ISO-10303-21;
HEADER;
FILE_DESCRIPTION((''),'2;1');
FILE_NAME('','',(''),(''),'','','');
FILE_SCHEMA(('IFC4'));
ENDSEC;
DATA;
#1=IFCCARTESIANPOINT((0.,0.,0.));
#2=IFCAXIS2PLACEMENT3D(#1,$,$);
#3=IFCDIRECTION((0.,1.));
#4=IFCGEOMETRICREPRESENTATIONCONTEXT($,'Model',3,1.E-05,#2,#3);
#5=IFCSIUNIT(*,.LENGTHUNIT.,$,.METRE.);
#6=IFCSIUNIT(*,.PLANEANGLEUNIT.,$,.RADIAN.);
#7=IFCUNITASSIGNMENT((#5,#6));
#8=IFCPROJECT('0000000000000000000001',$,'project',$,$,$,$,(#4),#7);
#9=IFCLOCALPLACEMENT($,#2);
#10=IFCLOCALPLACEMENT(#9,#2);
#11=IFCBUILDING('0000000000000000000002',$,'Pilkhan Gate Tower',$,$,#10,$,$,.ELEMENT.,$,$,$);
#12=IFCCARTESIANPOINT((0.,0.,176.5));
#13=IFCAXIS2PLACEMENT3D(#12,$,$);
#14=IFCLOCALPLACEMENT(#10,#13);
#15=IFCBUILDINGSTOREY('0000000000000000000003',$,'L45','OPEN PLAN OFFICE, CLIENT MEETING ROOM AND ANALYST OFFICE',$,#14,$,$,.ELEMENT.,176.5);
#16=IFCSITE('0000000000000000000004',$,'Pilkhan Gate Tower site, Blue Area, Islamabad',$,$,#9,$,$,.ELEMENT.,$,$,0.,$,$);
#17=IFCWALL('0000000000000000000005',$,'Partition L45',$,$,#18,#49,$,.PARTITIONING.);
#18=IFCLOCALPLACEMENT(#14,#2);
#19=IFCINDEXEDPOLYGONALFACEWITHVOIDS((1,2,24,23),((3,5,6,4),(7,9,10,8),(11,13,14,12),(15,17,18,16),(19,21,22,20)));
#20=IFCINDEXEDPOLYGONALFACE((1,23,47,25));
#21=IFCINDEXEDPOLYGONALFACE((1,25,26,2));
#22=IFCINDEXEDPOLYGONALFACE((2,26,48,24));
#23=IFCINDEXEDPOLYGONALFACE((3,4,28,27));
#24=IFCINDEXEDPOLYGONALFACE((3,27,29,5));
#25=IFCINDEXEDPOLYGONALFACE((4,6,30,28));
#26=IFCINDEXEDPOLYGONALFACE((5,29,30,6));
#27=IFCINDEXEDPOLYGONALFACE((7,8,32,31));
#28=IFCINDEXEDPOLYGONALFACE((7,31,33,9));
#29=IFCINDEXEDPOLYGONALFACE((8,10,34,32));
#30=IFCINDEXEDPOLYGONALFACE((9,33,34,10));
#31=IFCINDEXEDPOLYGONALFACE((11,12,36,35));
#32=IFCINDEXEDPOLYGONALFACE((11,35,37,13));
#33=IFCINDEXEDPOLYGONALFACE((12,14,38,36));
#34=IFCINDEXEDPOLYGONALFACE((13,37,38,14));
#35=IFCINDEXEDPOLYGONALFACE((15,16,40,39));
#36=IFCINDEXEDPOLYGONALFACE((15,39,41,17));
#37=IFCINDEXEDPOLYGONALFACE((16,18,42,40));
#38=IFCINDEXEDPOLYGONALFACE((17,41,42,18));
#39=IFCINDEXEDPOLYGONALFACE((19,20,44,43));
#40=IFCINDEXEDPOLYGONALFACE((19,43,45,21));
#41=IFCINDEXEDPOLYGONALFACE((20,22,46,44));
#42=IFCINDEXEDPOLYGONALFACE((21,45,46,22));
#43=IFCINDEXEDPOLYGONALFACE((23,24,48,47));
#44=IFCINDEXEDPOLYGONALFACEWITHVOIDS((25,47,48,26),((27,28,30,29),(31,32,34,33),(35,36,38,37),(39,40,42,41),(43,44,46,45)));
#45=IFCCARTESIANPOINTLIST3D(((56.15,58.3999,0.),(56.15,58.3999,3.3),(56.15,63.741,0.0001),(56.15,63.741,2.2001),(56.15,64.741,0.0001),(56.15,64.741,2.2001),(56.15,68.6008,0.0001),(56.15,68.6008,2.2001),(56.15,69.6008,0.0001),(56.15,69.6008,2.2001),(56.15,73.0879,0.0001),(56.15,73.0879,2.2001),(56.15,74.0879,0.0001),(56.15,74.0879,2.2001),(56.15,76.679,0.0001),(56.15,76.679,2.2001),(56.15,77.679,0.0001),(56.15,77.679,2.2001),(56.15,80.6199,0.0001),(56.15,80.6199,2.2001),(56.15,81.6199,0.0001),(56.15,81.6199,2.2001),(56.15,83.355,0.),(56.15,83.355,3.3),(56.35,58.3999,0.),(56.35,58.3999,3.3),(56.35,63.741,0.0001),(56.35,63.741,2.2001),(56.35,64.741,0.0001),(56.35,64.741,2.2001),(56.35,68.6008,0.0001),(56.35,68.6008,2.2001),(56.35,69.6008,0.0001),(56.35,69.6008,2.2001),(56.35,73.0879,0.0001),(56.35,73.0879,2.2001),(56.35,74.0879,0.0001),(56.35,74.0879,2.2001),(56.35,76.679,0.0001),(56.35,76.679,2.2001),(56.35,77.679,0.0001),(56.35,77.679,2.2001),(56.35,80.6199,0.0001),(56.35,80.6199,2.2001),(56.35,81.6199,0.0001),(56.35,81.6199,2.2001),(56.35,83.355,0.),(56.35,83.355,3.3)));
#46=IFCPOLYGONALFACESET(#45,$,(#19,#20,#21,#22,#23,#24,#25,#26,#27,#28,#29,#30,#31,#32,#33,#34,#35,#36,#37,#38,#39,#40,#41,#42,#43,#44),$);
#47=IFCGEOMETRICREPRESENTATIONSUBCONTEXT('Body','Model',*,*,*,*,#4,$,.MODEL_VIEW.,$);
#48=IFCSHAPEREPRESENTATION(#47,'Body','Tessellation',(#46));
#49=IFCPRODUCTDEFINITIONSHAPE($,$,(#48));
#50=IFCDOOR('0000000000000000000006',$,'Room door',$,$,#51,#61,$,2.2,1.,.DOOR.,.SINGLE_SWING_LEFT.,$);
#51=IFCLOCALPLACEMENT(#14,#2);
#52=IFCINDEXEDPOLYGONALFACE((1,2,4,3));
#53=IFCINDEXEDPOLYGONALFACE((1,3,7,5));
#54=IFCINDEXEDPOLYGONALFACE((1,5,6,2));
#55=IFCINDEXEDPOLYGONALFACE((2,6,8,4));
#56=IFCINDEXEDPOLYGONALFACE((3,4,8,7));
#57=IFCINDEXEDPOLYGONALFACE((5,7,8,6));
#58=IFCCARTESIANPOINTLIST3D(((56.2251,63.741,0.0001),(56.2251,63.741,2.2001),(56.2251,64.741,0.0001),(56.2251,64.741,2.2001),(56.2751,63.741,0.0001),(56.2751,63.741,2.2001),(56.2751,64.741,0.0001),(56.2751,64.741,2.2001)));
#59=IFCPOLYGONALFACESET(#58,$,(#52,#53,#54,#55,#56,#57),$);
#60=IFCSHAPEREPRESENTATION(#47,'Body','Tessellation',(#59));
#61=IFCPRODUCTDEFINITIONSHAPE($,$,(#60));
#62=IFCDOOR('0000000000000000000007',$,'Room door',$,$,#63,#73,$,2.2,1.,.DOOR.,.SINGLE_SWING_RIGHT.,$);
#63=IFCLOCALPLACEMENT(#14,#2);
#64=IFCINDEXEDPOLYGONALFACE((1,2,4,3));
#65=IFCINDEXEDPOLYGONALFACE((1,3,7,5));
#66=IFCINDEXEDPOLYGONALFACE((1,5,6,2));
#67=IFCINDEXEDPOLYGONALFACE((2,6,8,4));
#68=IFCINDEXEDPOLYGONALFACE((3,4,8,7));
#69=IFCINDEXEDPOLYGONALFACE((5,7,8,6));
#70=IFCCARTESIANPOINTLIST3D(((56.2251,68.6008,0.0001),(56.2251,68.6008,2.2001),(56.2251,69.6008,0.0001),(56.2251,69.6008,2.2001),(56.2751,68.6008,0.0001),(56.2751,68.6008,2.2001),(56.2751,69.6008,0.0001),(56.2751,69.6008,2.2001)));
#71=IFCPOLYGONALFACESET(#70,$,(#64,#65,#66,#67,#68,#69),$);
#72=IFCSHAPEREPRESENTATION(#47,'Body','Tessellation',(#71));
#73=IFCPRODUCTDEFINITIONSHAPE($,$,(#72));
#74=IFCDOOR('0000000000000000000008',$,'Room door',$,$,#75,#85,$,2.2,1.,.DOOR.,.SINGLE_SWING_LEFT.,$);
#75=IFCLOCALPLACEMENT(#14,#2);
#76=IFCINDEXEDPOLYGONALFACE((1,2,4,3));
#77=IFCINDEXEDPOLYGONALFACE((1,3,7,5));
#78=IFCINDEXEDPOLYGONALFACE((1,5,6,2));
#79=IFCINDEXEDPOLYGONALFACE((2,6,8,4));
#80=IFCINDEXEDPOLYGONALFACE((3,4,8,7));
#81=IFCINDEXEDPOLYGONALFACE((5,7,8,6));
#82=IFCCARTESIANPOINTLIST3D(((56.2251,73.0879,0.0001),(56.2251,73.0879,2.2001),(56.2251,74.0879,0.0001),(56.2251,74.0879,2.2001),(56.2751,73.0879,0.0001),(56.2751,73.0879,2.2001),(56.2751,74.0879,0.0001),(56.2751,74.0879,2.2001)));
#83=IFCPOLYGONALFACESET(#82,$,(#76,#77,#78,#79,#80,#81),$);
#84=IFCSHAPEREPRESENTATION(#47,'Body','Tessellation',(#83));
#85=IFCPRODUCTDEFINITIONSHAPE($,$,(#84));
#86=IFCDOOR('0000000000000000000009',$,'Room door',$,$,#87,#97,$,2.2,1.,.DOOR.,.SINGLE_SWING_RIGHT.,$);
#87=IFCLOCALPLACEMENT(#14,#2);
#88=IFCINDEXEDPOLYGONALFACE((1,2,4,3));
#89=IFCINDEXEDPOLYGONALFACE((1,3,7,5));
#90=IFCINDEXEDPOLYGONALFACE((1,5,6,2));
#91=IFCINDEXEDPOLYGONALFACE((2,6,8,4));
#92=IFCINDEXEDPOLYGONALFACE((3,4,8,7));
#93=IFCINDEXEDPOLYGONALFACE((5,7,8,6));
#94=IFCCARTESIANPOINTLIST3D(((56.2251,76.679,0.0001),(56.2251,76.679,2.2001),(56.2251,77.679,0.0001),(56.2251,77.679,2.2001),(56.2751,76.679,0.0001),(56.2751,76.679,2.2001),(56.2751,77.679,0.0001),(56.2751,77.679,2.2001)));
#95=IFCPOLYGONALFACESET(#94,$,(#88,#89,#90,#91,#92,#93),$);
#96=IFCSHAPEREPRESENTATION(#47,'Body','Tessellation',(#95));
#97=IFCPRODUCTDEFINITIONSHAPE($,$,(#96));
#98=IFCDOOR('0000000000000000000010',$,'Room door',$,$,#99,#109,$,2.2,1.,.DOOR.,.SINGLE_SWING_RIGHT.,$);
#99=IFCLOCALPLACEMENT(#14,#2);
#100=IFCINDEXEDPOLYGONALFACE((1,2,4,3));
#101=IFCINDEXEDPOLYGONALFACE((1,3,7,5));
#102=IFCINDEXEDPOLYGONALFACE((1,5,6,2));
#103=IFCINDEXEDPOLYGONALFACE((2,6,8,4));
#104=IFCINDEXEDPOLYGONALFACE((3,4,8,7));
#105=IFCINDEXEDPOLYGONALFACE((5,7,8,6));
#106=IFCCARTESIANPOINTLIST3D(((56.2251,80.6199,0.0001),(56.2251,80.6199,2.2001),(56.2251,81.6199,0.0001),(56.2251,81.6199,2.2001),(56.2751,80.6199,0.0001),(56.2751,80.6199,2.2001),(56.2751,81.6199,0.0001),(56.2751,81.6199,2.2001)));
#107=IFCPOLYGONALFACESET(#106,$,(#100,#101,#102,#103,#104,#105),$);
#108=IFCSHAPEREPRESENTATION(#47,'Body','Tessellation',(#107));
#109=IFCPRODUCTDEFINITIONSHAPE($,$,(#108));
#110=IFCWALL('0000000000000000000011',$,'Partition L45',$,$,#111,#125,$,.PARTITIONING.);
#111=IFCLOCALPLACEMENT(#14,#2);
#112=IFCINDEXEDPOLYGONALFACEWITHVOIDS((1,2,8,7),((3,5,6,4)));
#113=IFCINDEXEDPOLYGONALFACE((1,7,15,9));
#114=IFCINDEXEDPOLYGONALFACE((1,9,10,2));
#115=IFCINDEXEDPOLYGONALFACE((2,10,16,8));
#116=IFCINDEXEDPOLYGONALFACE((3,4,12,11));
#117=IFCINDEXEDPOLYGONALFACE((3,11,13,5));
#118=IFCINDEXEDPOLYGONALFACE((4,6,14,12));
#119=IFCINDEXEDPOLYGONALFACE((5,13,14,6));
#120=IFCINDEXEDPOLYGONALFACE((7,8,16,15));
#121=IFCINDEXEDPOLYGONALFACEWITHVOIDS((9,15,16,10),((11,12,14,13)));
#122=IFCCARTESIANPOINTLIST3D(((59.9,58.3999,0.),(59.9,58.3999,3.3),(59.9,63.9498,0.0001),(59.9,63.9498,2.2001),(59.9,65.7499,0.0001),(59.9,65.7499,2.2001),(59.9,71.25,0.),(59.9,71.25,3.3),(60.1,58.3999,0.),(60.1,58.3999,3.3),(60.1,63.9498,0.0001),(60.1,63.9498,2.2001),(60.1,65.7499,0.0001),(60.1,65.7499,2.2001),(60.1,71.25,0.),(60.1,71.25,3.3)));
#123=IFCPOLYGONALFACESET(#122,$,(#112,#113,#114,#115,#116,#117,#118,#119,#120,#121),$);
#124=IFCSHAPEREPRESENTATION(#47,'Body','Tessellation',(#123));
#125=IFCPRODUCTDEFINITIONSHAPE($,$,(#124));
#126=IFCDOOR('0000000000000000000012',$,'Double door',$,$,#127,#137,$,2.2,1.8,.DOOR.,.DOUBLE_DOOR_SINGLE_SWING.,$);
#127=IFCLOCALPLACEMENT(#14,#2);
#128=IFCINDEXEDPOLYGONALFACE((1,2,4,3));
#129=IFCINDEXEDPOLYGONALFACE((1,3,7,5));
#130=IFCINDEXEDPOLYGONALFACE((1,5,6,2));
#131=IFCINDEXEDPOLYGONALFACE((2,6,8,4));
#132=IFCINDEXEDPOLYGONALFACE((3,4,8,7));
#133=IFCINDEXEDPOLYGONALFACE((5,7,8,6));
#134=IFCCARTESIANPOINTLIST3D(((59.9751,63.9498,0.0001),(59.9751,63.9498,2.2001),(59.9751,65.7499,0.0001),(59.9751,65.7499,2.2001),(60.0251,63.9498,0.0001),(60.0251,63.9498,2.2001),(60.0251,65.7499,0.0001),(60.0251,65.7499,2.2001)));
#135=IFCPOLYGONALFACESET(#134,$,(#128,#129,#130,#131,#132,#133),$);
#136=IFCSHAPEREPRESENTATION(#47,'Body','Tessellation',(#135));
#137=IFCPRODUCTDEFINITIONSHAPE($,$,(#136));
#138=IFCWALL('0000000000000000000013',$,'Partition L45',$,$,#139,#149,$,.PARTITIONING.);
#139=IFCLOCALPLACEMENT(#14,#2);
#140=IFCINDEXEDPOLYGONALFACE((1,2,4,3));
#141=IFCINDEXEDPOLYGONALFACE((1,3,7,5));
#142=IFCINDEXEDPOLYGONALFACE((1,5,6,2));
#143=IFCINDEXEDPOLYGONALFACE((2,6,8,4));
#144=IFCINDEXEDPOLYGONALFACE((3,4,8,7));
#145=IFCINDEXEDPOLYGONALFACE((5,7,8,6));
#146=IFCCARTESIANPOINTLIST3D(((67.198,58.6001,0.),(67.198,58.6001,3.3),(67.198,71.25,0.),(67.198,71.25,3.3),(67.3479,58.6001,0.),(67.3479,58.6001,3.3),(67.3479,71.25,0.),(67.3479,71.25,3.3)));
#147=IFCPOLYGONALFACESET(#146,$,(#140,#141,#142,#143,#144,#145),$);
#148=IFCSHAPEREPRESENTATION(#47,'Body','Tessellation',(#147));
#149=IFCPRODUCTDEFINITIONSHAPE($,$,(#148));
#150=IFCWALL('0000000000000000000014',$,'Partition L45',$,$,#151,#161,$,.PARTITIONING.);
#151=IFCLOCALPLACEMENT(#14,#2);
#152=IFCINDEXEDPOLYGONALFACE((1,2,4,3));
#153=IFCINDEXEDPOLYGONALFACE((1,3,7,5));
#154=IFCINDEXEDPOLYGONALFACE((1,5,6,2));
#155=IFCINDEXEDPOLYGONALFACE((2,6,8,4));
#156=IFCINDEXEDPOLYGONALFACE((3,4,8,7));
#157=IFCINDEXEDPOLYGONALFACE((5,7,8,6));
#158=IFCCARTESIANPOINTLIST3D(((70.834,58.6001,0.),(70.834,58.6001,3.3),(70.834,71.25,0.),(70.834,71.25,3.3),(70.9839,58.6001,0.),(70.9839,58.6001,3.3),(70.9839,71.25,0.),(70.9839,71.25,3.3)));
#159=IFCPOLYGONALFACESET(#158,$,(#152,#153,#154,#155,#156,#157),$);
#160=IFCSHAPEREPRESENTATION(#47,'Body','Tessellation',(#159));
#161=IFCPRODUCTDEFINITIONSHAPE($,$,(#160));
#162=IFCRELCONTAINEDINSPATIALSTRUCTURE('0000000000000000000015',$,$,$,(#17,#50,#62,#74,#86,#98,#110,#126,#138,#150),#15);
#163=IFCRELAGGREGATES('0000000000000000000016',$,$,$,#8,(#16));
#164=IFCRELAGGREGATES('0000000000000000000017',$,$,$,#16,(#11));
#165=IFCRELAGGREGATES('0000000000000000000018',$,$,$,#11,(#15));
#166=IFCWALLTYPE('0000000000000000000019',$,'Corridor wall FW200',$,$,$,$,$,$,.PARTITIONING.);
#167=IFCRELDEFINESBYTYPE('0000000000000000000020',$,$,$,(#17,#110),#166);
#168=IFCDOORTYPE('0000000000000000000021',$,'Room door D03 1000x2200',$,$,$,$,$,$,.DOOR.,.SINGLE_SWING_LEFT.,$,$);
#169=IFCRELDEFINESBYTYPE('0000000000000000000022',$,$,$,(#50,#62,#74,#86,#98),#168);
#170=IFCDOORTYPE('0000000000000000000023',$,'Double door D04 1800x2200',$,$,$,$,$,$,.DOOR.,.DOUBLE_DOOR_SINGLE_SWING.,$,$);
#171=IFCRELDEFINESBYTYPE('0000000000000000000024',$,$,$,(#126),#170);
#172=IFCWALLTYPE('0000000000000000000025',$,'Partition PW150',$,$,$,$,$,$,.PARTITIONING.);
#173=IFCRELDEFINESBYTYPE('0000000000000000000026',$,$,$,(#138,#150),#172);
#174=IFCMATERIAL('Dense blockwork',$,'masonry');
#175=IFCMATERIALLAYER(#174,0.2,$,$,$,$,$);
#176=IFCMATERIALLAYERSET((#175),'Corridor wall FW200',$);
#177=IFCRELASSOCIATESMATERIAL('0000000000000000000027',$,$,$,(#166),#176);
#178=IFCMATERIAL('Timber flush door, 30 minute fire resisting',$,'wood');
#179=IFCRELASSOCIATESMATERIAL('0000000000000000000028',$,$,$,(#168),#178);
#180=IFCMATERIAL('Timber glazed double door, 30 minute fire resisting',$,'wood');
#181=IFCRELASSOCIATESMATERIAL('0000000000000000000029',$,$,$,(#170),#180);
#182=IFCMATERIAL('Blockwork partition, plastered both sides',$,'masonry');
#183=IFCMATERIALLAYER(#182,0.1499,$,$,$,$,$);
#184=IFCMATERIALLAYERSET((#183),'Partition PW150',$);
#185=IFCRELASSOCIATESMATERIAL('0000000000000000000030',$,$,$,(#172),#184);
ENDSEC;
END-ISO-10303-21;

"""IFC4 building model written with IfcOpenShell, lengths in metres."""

from ifc_helpers import new_model, si_unit, direction, frame, frame_2d, origin, place, context, subcontext, project, spatial, rectangle, extrude, material, layer, layer_set, type_object, element, fill, save


model = new_model("IFC4")

# Units and contexts
model_context = context("Model", 3, precision=1e-05, world=origin(), true_north=direction((0.0, 1.0)))
body_context = subcontext(model_context, "Body", "Model", "MODEL_VIEW")
ifc_project = project(units=[si_unit("LENGTHUNIT", "METRE"), si_unit("PLANEANGLEUNIT", "RADIAN")], contexts=[model_context])

# Site, building, storey
site_placement = place(None, origin())
site = spatial("IfcSite", under=ifc_project, at=site_placement, Name="Pilkhan Gate Tower site, Blue Area, Islamabad", CompositionType="ELEMENT", RefElevation=0.0)
building_placement = place(site_placement, origin())
building = spatial("IfcBuilding", under=site, at=building_placement, Name="Pilkhan Gate Tower", CompositionType="ELEMENT")
storey_placement = place(building_placement, frame((0.0, 0.0, 176.5)))
storey = spatial("IfcBuildingStorey", under=building, at=storey_placement, Name="L45", Description="OPEN PLAN OFFICE, CLIENT MEETING ROOM AND ANALYST OFFICE", CompositionType="ELEMENT", Elevation=176.5)

# Wall, openings, doors
ifc_material_1 = material(Name="Dense blockwork", Category="masonry")
ifc_layer_1 = layer(ifc_material_1, 0.2)
ifc_layer_set_1 = layer_set([ifc_layer_1], Name="Corridor wall FW200")
wall_type_1 = type_object("IfcWallType", Name="Corridor wall FW200", PredefinedType="PARTITIONING", material=ifc_layer_set_1)
ifc_material_2 = material(Name="Timber flush door, 30 minute fire resisting", Category="wood")
door_type_1 = type_object("IfcDoorType", Name="Room door D03 1000x2200", OperationType="SINGLE_SWING_LEFT", PredefinedType="DOOR", material=ifc_material_2)
wall_1_placement = place(storey_placement, frame((56.25, 58.3999, 0.0), z_axis=(0.0, 0.0, 1.0), x_axis=(0.0, 1.0, 0.0)))
wall_1 = element("IfcWall", 1, at=wall_1_placement, inside=storey, type_object=wall_type_1, Name="Partition L45", PredefinedType="PARTITIONING", context=body_context, shape_type="SweptSolid", body=[
    extrude(rectangle(XDim=24.9551, YDim=0.2, at=frame_2d((12.4775, 0.0))), origin(), (0.0, 0.0, 1.0), 3.3),
])
opening_1_placement = place(wall_1_placement, frame((5.3411, 0.0, 0.0)))
opening_1 = element("IfcOpeningElement", 2, at=opening_1_placement, cuts=wall_1, PredefinedType="OPENING", context=body_context, shape_type="SweptSolid", body=[
    extrude(rectangle(XDim=1.0, YDim=2.2, at=frame_2d((0.5, 1.1001))), frame((0.0, 0.1099, 0.0), z_axis=(0.0, -1.0, 0.0), x_axis=(1.0, 0.0, 0.0)), (0.0, 0.0, 1.0), 0.22),
])
opening_2_placement = place(wall_1_placement, frame((10.2009, 0.0, 0.0)))
opening_2 = element("IfcOpeningElement", 3, at=opening_2_placement, cuts=wall_1, PredefinedType="OPENING", context=body_context, shape_type="SweptSolid", body=[
    extrude(rectangle(XDim=1.0, YDim=2.2, at=frame_2d((0.5, 1.1001))), frame((0.0, 0.1099, 0.0), z_axis=(0.0, -1.0, 0.0), x_axis=(1.0, 0.0, 0.0)), (0.0, 0.0, 1.0), 0.22),
])
opening_3_placement = place(wall_1_placement, frame((14.688, 0.0, 0.0)))
opening_3 = element("IfcOpeningElement", 4, at=opening_3_placement, cuts=wall_1, PredefinedType="OPENING", context=body_context, shape_type="SweptSolid", body=[
    extrude(rectangle(XDim=1.0, YDim=2.2, at=frame_2d((0.5, 1.1001))), frame((0.0, 0.1099, 0.0), z_axis=(0.0, -1.0, 0.0), x_axis=(1.0, 0.0, 0.0)), (0.0, 0.0, 1.0), 0.22),
])
opening_4_placement = place(wall_1_placement, frame((18.2791, 0.0, 0.0)))
opening_4 = element("IfcOpeningElement", 5, at=opening_4_placement, cuts=wall_1, PredefinedType="OPENING", context=body_context, shape_type="SweptSolid", body=[
    extrude(rectangle(XDim=1.0, YDim=2.2, at=frame_2d((0.5, 1.1001))), frame((0.0, 0.1099, 0.0), z_axis=(0.0, -1.0, 0.0), x_axis=(1.0, 0.0, 0.0)), (0.0, 0.0, 1.0), 0.22),
])
opening_5_placement = place(wall_1_placement, frame((22.22, 0.0, 0.0)))
opening_5 = element("IfcOpeningElement", 6, at=opening_5_placement, cuts=wall_1, PredefinedType="OPENING", context=body_context, shape_type="SweptSolid", body=[
    extrude(rectangle(XDim=1.0, YDim=2.2, at=frame_2d((0.5, 1.1001))), frame((0.0, 0.1099, 0.0), z_axis=(0.0, -1.0, 0.0), x_axis=(1.0, 0.0, 0.0)), (0.0, 0.0, 1.0), 0.22),
])
door_1_placement = place(opening_1_placement, origin())
door_1 = element("IfcDoor", 7, at=door_1_placement, inside=storey, type_object=door_type_1, Name="Room door", OperationType="SINGLE_SWING_LEFT", OverallHeight=2.2, OverallWidth=1.0, PredefinedType="DOOR", context=body_context, shape_type="SweptSolid", body=[
    extrude(rectangle(XDim=1.0, YDim=2.2, at=frame_2d((0.5, 1.1001))), frame((0.0, 0.0249, 0.0), z_axis=(0.0, -1.0, 0.0), x_axis=(1.0, 0.0, 0.0)), (0.0, 0.0, 1.0), 0.05),
])
fill(opening_1, door_1)
door_2_placement = place(opening_2_placement, origin())
door_2 = element("IfcDoor", 8, at=door_2_placement, inside=storey, type_object=door_type_1, Name="Room door", OperationType="SINGLE_SWING_RIGHT", OverallHeight=2.2, OverallWidth=1.0, PredefinedType="DOOR", context=body_context, shape_type="SweptSolid", body=[
    extrude(rectangle(XDim=1.0, YDim=2.2, at=frame_2d((0.5, 1.1001))), frame((0.0, 0.0249, 0.0), z_axis=(0.0, -1.0, 0.0), x_axis=(1.0, 0.0, 0.0)), (0.0, 0.0, 1.0), 0.05),
])
fill(opening_2, door_2)
door_3_placement = place(opening_3_placement, origin())
door_3 = element("IfcDoor", 9, at=door_3_placement, inside=storey, type_object=door_type_1, Name="Room door", OperationType="SINGLE_SWING_LEFT", OverallHeight=2.2, OverallWidth=1.0, PredefinedType="DOOR", context=body_context, shape_type="SweptSolid", body=[
    extrude(rectangle(XDim=1.0, YDim=2.2, at=frame_2d((0.5, 1.1001))), frame((0.0, 0.0249, 0.0), z_axis=(0.0, -1.0, 0.0), x_axis=(1.0, 0.0, 0.0)), (0.0, 0.0, 1.0), 0.05),
])
fill(opening_3, door_3)
door_4_placement = place(opening_4_placement, origin())
door_4 = element("IfcDoor", 10, at=door_4_placement, inside=storey, type_object=door_type_1, Name="Room door", OperationType="SINGLE_SWING_RIGHT", OverallHeight=2.2, OverallWidth=1.0, PredefinedType="DOOR", context=body_context, shape_type="SweptSolid", body=[
    extrude(rectangle(XDim=1.0, YDim=2.2, at=frame_2d((0.5, 1.1001))), frame((0.0, 0.0249, 0.0), z_axis=(0.0, -1.0, 0.0), x_axis=(1.0, 0.0, 0.0)), (0.0, 0.0, 1.0), 0.05),
])
fill(opening_4, door_4)
door_5_placement = place(opening_5_placement, origin())
door_5 = element("IfcDoor", 11, at=door_5_placement, inside=storey, type_object=door_type_1, Name="Room door", OperationType="SINGLE_SWING_RIGHT", OverallHeight=2.2, OverallWidth=1.0, PredefinedType="DOOR", context=body_context, shape_type="SweptSolid", body=[
    extrude(rectangle(XDim=1.0, YDim=2.2, at=frame_2d((0.5, 1.1001))), frame((0.0, 0.0249, 0.0), z_axis=(0.0, -1.0, 0.0), x_axis=(1.0, 0.0, 0.0)), (0.0, 0.0, 1.0), 0.05),
])
fill(opening_5, door_5)

# Wall, opening, door
wall_2_placement = place(storey_placement, frame((60.0, 58.3999, 0.0), z_axis=(0.0, 0.0, 1.0), x_axis=(0.0, 1.0, 0.0)))
wall_2 = element("IfcWall", 12, at=wall_2_placement, inside=storey, type_object=wall_type_1, Name="Partition L45", PredefinedType="PARTITIONING", context=body_context, shape_type="SweptSolid", body=[
    extrude(rectangle(XDim=12.8501, YDim=0.2, at=frame_2d((6.425, 0.0))), origin(), (0.0, 0.0, 1.0), 3.3),
])
opening_6_placement = place(wall_2_placement, frame((5.55, 0.0, 0.0)))
opening_6 = element("IfcOpeningElement", 13, at=opening_6_placement, cuts=wall_2, PredefinedType="OPENING", context=body_context, shape_type="SweptSolid", body=[
    extrude(rectangle(XDim=1.8, YDim=2.2, at=frame_2d((0.8999, 1.1001))), frame((0.0, 0.1099, 0.0), z_axis=(0.0, -1.0, 0.0), x_axis=(1.0, 0.0, 0.0)), (0.0, 0.0, 1.0), 0.22),
])
ifc_material_3 = material(Name="Timber glazed double door, 30 minute fire resisting", Category="wood")
door_type_2 = type_object("IfcDoorType", Name="Double door D04 1800x2200", OperationType="DOUBLE_DOOR_SINGLE_SWING", PredefinedType="DOOR", material=ifc_material_3)
door_6_placement = place(opening_6_placement, origin())
door_6 = element("IfcDoor", 14, at=door_6_placement, inside=storey, type_object=door_type_2, Name="Double door", OperationType="DOUBLE_DOOR_SINGLE_SWING", OverallHeight=2.2, OverallWidth=1.8, PredefinedType="DOOR", context=body_context, shape_type="SweptSolid", body=[
    extrude(rectangle(XDim=1.8, YDim=2.2, at=frame_2d((0.8999, 1.1001))), frame((0.0, 0.0249, 0.0), z_axis=(0.0, -1.0, 0.0), x_axis=(1.0, 0.0, 0.0)), (0.0, 0.0, 1.0), 0.05),
])
fill(opening_6, door_6)

# Walls
ifc_material_4 = material(Name="Blockwork partition, plastered both sides", Category="masonry")
ifc_layer_2 = layer(ifc_material_4, 0.1499)
ifc_layer_set_2 = layer_set([ifc_layer_2], Name="Partition PW150")
wall_type_2 = type_object("IfcWallType", Name="Partition PW150", PredefinedType="PARTITIONING", material=ifc_layer_set_2)
for number, where, z_axis, x_axis, name in (
    (15, (67.2729, 58.6001, 0.0), (0.0, 0.0, 1.0), (0.0, 1.0, 0.0), "Partition L45"),
    (16, (70.9089, 58.6001, 0.0), (0.0, 0.0, 1.0), (0.0, 1.0, 0.0), "Partition L45"),
):
    element("IfcWall", number, at=place(storey_placement, frame(where, z_axis=z_axis, x_axis=x_axis)), inside=storey, type_object=wall_type_2, Name=name, PredefinedType="PARTITIONING", context=body_context, shape_type="SweptSolid", body=[
        extrude(rectangle(XDim=12.6499, YDim=0.1499, at=frame_2d((6.325, 0.0))), origin(), (0.0, 0.0, 1.0), 3.3),
    ])

save(model, "model.ifc")
